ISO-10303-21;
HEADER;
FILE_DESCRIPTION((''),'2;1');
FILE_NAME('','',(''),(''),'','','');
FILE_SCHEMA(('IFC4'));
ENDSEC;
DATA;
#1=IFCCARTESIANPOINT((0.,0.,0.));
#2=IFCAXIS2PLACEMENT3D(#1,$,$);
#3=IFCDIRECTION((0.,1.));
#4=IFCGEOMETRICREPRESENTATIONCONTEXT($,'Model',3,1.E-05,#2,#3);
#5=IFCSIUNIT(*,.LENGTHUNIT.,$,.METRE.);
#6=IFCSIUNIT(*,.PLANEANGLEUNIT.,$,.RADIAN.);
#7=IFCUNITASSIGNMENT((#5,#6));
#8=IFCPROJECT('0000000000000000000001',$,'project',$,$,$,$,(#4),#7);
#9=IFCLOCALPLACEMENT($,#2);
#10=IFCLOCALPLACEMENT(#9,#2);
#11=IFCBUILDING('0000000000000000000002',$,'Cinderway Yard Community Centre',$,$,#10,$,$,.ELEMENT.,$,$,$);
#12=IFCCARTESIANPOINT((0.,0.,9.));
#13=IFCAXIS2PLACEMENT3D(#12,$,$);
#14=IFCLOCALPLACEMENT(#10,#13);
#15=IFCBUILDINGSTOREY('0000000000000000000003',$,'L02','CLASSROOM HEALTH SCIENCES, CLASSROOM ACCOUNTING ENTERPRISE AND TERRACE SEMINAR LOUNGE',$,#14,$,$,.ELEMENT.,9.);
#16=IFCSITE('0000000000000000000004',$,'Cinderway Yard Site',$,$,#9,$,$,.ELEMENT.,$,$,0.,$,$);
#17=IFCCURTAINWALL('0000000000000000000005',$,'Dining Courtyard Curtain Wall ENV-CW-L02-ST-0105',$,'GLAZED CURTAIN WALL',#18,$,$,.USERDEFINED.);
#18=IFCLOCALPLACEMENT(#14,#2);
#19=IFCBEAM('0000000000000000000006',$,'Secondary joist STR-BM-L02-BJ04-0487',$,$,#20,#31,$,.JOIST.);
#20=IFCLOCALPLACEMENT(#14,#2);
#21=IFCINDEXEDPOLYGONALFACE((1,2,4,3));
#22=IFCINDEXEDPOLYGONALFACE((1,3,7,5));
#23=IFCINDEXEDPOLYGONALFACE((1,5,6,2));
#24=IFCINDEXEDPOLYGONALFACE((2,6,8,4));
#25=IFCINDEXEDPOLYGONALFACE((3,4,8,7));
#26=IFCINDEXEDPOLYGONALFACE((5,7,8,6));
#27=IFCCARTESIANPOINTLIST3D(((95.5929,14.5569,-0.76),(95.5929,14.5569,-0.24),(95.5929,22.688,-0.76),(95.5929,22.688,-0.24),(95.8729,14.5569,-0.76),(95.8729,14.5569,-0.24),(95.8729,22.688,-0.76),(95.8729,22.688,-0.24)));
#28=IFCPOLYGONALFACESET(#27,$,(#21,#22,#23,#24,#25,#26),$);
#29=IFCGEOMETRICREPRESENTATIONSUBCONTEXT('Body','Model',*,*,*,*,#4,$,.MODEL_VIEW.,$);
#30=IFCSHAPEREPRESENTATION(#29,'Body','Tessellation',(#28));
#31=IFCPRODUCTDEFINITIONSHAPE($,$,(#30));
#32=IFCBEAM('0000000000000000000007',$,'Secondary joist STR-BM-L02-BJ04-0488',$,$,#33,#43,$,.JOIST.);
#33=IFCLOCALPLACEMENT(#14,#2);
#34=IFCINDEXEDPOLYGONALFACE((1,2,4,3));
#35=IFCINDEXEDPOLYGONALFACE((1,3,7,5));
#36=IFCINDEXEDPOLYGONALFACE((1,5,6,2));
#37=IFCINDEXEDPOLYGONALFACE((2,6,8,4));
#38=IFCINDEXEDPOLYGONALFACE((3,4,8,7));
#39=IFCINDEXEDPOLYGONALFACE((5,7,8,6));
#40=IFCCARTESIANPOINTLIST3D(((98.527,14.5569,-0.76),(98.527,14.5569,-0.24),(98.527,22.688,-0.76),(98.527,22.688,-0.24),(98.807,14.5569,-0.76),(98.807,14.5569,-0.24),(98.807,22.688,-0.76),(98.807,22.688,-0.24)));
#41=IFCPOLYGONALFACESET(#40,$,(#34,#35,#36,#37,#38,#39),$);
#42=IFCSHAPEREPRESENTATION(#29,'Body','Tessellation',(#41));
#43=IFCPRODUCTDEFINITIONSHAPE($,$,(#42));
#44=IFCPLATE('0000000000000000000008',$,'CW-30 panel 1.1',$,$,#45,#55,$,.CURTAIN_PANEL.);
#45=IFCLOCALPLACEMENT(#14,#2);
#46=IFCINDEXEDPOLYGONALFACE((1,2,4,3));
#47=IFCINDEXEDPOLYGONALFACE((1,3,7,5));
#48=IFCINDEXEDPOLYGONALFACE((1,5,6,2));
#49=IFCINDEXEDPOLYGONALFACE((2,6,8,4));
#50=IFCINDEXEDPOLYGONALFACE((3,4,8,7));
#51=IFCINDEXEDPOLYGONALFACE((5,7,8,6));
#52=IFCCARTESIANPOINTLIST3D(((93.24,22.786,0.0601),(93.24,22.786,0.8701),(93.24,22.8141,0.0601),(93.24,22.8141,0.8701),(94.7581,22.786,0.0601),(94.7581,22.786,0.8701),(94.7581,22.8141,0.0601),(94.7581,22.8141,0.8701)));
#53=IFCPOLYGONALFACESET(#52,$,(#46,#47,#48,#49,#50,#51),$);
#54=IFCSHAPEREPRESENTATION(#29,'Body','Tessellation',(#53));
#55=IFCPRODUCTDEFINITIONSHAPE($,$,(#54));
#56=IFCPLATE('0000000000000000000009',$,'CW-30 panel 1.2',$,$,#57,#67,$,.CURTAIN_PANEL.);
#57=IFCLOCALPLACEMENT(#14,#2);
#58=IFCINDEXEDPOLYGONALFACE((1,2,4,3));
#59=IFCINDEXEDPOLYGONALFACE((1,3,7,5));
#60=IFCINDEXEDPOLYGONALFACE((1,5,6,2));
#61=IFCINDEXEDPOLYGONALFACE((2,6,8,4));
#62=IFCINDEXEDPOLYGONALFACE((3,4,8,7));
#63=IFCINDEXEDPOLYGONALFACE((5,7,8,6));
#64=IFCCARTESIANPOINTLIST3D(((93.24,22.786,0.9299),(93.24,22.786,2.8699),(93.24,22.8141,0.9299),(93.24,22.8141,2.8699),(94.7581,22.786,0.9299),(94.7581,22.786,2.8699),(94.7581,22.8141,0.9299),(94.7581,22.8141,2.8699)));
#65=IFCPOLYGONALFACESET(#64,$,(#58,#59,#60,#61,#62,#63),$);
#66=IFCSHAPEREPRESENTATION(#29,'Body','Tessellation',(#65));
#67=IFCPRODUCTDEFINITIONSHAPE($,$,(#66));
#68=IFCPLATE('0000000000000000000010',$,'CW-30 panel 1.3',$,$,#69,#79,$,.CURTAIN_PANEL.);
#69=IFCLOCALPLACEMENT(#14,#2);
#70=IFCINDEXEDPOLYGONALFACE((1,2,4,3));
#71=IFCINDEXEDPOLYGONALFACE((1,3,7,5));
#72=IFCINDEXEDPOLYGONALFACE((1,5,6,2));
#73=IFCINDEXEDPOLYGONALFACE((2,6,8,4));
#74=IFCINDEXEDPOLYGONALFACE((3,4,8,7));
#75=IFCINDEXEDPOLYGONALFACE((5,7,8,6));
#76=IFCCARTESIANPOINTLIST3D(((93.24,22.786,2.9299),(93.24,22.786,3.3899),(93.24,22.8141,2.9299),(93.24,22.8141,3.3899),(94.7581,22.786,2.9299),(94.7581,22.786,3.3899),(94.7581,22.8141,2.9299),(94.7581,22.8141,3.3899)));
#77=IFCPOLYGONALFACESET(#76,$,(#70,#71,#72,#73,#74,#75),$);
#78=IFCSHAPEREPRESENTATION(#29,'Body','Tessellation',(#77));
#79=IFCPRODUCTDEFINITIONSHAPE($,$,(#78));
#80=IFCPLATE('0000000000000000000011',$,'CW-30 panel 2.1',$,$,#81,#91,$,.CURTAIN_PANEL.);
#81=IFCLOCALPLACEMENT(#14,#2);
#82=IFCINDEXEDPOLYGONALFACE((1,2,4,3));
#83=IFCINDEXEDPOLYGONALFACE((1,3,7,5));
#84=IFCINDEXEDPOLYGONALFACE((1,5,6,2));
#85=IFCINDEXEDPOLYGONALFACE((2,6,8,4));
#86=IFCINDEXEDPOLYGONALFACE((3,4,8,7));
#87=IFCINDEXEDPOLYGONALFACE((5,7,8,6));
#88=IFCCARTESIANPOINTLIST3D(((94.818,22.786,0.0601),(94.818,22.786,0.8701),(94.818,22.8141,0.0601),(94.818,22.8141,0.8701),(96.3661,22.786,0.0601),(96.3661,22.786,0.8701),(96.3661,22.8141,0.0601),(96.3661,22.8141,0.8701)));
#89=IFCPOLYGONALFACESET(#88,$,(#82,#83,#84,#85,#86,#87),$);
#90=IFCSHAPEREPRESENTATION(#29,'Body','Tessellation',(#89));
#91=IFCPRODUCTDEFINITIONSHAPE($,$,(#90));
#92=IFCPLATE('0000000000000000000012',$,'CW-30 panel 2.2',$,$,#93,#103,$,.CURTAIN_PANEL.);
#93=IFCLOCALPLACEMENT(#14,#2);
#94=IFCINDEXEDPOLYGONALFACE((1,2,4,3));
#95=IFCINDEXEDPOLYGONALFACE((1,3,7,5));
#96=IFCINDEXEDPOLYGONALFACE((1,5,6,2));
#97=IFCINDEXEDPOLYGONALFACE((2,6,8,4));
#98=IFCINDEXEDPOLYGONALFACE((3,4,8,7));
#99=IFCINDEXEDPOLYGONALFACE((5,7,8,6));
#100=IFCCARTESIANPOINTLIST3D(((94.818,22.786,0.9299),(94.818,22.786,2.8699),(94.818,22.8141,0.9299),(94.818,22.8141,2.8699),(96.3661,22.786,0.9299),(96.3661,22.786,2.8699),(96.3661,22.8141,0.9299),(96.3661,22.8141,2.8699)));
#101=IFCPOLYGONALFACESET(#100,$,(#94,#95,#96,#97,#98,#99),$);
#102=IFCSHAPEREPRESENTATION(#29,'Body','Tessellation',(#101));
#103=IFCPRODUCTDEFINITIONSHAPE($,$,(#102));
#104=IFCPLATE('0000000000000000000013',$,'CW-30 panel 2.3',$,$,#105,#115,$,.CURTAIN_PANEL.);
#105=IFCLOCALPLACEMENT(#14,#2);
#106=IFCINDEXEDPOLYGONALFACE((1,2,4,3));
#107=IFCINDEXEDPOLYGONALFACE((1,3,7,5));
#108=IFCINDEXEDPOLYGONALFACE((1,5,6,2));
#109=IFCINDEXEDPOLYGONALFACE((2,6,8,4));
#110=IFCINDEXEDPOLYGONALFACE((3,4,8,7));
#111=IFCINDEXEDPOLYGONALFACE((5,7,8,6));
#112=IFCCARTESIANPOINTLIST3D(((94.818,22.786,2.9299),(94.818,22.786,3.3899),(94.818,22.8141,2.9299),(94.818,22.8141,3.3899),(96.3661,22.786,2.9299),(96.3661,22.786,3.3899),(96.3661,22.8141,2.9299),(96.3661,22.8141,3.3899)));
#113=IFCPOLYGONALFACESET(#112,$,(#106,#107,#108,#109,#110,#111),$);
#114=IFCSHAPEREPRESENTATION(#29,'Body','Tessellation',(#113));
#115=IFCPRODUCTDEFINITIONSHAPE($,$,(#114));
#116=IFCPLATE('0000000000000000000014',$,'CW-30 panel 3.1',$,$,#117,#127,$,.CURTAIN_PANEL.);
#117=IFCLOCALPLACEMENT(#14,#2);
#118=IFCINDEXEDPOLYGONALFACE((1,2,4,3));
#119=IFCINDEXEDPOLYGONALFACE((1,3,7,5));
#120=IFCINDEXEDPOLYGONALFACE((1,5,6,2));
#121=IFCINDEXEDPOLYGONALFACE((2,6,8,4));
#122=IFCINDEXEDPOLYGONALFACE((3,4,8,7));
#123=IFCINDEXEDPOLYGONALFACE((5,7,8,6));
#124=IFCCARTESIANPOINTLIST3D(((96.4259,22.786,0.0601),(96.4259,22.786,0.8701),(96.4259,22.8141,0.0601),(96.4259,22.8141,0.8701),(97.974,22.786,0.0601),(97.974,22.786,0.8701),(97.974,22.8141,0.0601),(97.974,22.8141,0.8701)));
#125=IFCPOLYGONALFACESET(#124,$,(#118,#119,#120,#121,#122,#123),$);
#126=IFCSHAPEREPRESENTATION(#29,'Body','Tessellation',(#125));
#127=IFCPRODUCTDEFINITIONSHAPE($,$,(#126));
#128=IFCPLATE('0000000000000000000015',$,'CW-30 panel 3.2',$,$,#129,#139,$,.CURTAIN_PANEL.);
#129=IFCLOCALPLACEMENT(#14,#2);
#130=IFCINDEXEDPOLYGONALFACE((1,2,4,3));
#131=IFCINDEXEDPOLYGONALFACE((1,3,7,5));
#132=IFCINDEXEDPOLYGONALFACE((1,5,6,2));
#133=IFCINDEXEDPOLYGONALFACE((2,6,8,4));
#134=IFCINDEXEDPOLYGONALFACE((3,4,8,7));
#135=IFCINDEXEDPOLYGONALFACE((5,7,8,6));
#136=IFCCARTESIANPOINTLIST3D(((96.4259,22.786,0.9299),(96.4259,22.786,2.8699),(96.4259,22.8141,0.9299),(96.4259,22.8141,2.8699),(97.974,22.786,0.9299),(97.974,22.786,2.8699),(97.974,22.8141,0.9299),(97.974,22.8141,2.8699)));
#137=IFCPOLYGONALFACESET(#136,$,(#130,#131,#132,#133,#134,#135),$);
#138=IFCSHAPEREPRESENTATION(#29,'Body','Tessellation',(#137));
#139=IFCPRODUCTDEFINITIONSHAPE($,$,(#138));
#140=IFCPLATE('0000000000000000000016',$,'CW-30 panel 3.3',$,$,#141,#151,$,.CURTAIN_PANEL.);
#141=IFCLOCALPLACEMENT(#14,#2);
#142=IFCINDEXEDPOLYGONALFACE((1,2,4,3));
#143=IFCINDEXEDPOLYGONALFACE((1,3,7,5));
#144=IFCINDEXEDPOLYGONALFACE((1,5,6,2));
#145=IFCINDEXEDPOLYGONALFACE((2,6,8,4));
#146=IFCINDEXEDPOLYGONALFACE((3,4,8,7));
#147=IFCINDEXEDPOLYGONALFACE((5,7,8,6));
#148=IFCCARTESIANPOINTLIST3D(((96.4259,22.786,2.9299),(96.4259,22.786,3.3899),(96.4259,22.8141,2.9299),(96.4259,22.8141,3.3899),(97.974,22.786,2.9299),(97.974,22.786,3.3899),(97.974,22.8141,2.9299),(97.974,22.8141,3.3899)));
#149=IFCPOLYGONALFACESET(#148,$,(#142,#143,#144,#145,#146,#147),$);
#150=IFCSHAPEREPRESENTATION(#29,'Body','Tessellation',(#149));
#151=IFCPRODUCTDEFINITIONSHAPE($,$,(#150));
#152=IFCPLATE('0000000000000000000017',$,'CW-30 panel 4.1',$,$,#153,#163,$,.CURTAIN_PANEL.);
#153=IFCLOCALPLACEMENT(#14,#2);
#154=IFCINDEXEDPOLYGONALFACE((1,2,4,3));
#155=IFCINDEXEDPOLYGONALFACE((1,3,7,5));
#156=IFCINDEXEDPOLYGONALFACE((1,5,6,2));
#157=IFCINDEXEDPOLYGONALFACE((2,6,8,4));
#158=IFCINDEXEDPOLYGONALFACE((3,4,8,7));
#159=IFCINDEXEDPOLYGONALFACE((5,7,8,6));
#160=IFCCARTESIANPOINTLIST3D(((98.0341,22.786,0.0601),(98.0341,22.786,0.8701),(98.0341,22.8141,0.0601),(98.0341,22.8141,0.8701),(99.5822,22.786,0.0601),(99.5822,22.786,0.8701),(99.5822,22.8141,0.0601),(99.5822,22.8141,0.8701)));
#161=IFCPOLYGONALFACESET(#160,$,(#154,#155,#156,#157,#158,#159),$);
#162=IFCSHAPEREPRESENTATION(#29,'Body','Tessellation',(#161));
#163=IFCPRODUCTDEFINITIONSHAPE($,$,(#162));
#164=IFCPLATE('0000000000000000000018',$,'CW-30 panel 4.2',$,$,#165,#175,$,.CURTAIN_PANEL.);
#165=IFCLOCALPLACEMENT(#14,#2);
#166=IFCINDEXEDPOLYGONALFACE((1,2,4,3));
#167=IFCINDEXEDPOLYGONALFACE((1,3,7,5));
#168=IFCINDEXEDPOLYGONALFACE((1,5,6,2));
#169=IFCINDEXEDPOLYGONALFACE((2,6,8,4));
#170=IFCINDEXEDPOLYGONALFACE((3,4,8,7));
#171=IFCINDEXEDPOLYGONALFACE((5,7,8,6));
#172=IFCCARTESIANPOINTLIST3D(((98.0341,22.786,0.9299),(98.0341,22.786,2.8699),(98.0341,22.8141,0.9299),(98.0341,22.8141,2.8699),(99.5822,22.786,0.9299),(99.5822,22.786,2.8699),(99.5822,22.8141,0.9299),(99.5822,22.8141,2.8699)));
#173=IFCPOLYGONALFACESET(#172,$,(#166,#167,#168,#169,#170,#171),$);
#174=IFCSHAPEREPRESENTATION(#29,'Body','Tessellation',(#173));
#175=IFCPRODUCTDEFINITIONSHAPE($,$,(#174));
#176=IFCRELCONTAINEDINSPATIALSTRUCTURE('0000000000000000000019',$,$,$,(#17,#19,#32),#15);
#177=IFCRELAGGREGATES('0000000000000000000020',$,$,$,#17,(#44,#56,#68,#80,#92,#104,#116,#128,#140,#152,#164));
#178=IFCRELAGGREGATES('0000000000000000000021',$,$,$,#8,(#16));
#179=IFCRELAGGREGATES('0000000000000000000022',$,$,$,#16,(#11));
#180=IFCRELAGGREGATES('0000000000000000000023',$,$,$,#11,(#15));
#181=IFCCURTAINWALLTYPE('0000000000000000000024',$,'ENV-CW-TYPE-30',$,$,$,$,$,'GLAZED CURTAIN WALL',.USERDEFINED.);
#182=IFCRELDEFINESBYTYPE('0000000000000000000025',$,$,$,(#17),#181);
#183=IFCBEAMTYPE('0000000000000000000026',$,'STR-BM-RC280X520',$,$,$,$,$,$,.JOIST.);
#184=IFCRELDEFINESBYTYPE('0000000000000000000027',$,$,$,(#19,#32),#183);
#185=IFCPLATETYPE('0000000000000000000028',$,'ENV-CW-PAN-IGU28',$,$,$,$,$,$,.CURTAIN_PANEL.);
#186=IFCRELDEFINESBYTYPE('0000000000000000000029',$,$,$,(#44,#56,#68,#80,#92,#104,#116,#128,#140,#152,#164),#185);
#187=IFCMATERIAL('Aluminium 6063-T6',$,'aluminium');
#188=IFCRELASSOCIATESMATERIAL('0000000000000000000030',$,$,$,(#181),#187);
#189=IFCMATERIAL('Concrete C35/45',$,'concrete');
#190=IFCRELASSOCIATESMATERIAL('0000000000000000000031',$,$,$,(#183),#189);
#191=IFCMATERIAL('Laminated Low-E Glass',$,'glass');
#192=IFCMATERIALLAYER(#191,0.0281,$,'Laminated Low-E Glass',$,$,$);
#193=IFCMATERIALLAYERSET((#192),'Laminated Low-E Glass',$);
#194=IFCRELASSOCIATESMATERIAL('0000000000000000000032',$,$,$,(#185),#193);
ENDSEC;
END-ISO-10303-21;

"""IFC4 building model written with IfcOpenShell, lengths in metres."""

from ifc_helpers import new_model, si_unit, direction, frame, origin, origin_2d, place, context, subcontext, project, spatial, rectangle, extrude, material, layer, layer_set, material_profile, profile_set, type_object, element, aggregate, save


model = new_model("IFC4")

# Units and contexts
model_context = context("Model", 3, precision=1e-05, world=origin(), true_north=direction((0.0, 1.0)))
body_context = subcontext(model_context, "Body", "Model", "MODEL_VIEW")
ifc_project = project(units=[si_unit("LENGTHUNIT", "METRE"), si_unit("PLANEANGLEUNIT", "RADIAN")], contexts=[model_context])

# Site, building, storey
site_placement = place(None, origin())
site = spatial("IfcSite", under=ifc_project, at=site_placement, Name="Cinderway Yard Site", CompositionType="ELEMENT", RefElevation=0.0)
building_placement = place(site_placement, origin())
building = spatial("IfcBuilding", under=site, at=building_placement, Name="Cinderway Yard Community Centre", CompositionType="ELEMENT")
storey_placement = place(building_placement, frame((0.0, 0.0, 9.0)))
storey = spatial("IfcBuildingStorey", under=building, at=storey_placement, Name="L02", Description="CLASSROOM HEALTH SCIENCES, CLASSROOM ACCOUNTING ENTERPRISE AND TERRACE SEMINAR LOUNGE", CompositionType="ELEMENT", Elevation=9.0)

# Curtain wall
ifc_material_1 = material(Name="Aluminium 6063-T6", Category="aluminium")
curtain_wall_type = type_object("IfcCurtainWallType", Name="ENV-CW-TYPE-30", ElementType="GLAZED CURTAIN WALL", PredefinedType="USERDEFINED", material=ifc_material_1)
curtain_wall_placement = place(storey_placement, origin())
curtain_wall = element("IfcCurtainWall", 1, at=curtain_wall_placement, inside=storey, type_object=curtain_wall_type, Name="Dining Courtyard Curtain Wall ENV-CW-L02-ST-0105", ObjectType="GLAZED CURTAIN WALL", PredefinedType="USERDEFINED")

# Beams
ifc_material_2 = material(Name="Concrete C35/45", Category="concrete")
ifc_material_profile_1 = material_profile(ifc_material_2, rectangle(XDim=0.28, YDim=0.52, at=origin_2d()), Name="Concrete C35/45")
ifc_profile_set_1 = profile_set([ifc_material_profile_1], Name="Concrete C35/45")
beam_type = type_object("IfcBeamType", Name="STR-BM-RC280X520", PredefinedType="JOIST", material=ifc_profile_set_1)
for number, where, z_axis, x_axis, name in (
    (2, (95.7329, 14.5569, -0.5), (0.0, 1.0, 0.0), (-1.0, 0.0, 0.0), "Secondary joist STR-BM-L02-BJ04-0487"),
    (3, (98.667, 14.5569, -0.5), (0.0, 1.0, 0.0), (-1.0, 0.0, 0.0), "Secondary joist STR-BM-L02-BJ04-0488"),
):
    element("IfcBeam", number, at=place(storey_placement, frame(where, z_axis=z_axis, x_axis=x_axis)), inside=storey, type_object=beam_type, Name=name, PredefinedType="JOIST", context=body_context, shape_type="SweptSolid", body=[
        extrude(rectangle(XDim=0.28, YDim=0.52, at=origin_2d()), origin(), (0.0, 0.0, 1.0), 8.1311),
    ])

# Plates
ifc_material_3 = material(Name="Laminated Low-E Glass", Category="glass")
ifc_layer = layer(ifc_material_3, 0.0281, Name="Laminated Low-E Glass")
ifc_layer_set = layer_set([ifc_layer], Name="Laminated Low-E Glass")
plate_type = type_object("IfcPlateType", Name="ENV-CW-PAN-IGU28", PredefinedType="CURTAIN_PANEL", material=ifc_layer_set)
plate_1_placement = place(storey_placement, frame((93.999, 22.8, 0.0601), z_axis=(0.0, 0.0, 1.0), x_axis=(1.0, 0.0, 0.0)))
plate_1 = element("IfcPlate", 4, at=plate_1_placement, type_object=plate_type, Name="CW-30 panel 1.1", PredefinedType="CURTAIN_PANEL", context=body_context, shape_type="SweptSolid", body=[
    extrude(rectangle(XDim=1.5181, YDim=0.0281, at=origin_2d()), origin(), (0.0, 0.0, 1.0), 0.8101),
])
plate_2_placement = place(storey_placement, frame((93.999, 22.8, 0.9299), z_axis=(0.0, 0.0, 1.0), x_axis=(1.0, 0.0, 0.0)))
plate_2 = element("IfcPlate", 5, at=plate_2_placement, type_object=plate_type, Name="CW-30 panel 1.2", PredefinedType="CURTAIN_PANEL", context=body_context, shape_type="SweptSolid", body=[
    extrude(rectangle(XDim=1.5181, YDim=0.0281, at=origin_2d()), origin(), (0.0, 0.0, 1.0), 1.9399),
])
plate_3_placement = place(storey_placement, frame((93.999, 22.8, 2.9299), z_axis=(0.0, 0.0, 1.0), x_axis=(1.0, 0.0, 0.0)))
plate_3 = element("IfcPlate", 6, at=plate_3_placement, type_object=plate_type, Name="CW-30 panel 1.3", PredefinedType="CURTAIN_PANEL", context=body_context, shape_type="SweptSolid", body=[
    extrude(rectangle(XDim=1.5181, YDim=0.0281, at=origin_2d()), origin(), (0.0, 0.0, 1.0), 0.46),
])
plate_4_placement = place(storey_placement, frame((95.592, 22.8, 0.0601), z_axis=(0.0, 0.0, 1.0), x_axis=(1.0, 0.0, 0.0)))
plate_4 = element("IfcPlate", 7, at=plate_4_placement, type_object=plate_type, Name="CW-30 panel 2.1", PredefinedType="CURTAIN_PANEL", context=body_context, shape_type="SweptSolid", body=[
    extrude(rectangle(XDim=1.5481, YDim=0.0281, at=origin_2d()), origin(), (0.0, 0.0, 1.0), 0.8101),
])
plate_5_placement = place(storey_placement, frame((95.592, 22.8, 0.9299), z_axis=(0.0, 0.0, 1.0), x_axis=(1.0, 0.0, 0.0)))
plate_5 = element("IfcPlate", 8, at=plate_5_placement, type_object=plate_type, Name="CW-30 panel 2.2", PredefinedType="CURTAIN_PANEL", context=body_context, shape_type="SweptSolid", body=[
    extrude(rectangle(XDim=1.5481, YDim=0.0281, at=origin_2d()), origin(), (0.0, 0.0, 1.0), 1.9399),
])
plate_6_placement = place(storey_placement, frame((95.592, 22.8, 2.9299), z_axis=(0.0, 0.0, 1.0), x_axis=(1.0, 0.0, 0.0)))
plate_6 = element("IfcPlate", 9, at=plate_6_placement, type_object=plate_type, Name="CW-30 panel 2.3", PredefinedType="CURTAIN_PANEL", context=body_context, shape_type="SweptSolid", body=[
    extrude(rectangle(XDim=1.5481, YDim=0.0281, at=origin_2d()), origin(), (0.0, 0.0, 1.0), 0.46),
])
plate_7_placement = place(storey_placement, frame((97.2, 22.8, 0.0601), z_axis=(0.0, 0.0, 1.0), x_axis=(1.0, 0.0, 0.0)))
plate_7 = element("IfcPlate", 10, at=plate_7_placement, type_object=plate_type, Name="CW-30 panel 3.1", PredefinedType="CURTAIN_PANEL", context=body_context, shape_type="SweptSolid", body=[
    extrude(rectangle(XDim=1.5481, YDim=0.0281, at=origin_2d()), origin(), (0.0, 0.0, 1.0), 0.8101),
])
plate_8_placement = place(storey_placement, frame((97.2, 22.8, 0.9299), z_axis=(0.0, 0.0, 1.0), x_axis=(1.0, 0.0, 0.0)))
plate_8 = element("IfcPlate", 11, at=plate_8_placement, type_object=plate_type, Name="CW-30 panel 3.2", PredefinedType="CURTAIN_PANEL", context=body_context, shape_type="SweptSolid", body=[
    extrude(rectangle(XDim=1.5481, YDim=0.0281, at=origin_2d()), origin(), (0.0, 0.0, 1.0), 1.9399),
])
plate_9_placement = place(storey_placement, frame((97.2, 22.8, 2.9299), z_axis=(0.0, 0.0, 1.0), x_axis=(1.0, 0.0, 0.0)))
plate_9 = element("IfcPlate", 12, at=plate_9_placement, type_object=plate_type, Name="CW-30 panel 3.3", PredefinedType="CURTAIN_PANEL", context=body_context, shape_type="SweptSolid", body=[
    extrude(rectangle(XDim=1.5481, YDim=0.0281, at=origin_2d()), origin(), (0.0, 0.0, 1.0), 0.46),
])
plate_10_placement = place(storey_placement, frame((98.8081, 22.8, 0.0601), z_axis=(0.0, 0.0, 1.0), x_axis=(1.0, 0.0, 0.0)))
plate_10 = element("IfcPlate", 13, at=plate_10_placement, type_object=plate_type, Name="CW-30 panel 4.1", PredefinedType="CURTAIN_PANEL", context=body_context, shape_type="SweptSolid", body=[
    extrude(rectangle(XDim=1.5481, YDim=0.0281, at=origin_2d()), origin(), (0.0, 0.0, 1.0), 0.8101),
])
plate_11_placement = place(storey_placement, frame((98.8081, 22.8, 0.9299), z_axis=(0.0, 0.0, 1.0), x_axis=(1.0, 0.0, 0.0)))
plate_11 = element("IfcPlate", 14, at=plate_11_placement, type_object=plate_type, Name="CW-30 panel 4.2", PredefinedType="CURTAIN_PANEL", context=body_context, shape_type="SweptSolid", body=[
    extrude(rectangle(XDim=1.5481, YDim=0.0281, at=origin_2d()), origin(), (0.0, 0.0, 1.0), 1.9399),
])
aggregate(curtain_wall, [plate_1, plate_2, plate_3, plate_4, plate_5, plate_6, plate_7, plate_8, plate_9, plate_10, plate_11])

save(model, "model.ifc")
